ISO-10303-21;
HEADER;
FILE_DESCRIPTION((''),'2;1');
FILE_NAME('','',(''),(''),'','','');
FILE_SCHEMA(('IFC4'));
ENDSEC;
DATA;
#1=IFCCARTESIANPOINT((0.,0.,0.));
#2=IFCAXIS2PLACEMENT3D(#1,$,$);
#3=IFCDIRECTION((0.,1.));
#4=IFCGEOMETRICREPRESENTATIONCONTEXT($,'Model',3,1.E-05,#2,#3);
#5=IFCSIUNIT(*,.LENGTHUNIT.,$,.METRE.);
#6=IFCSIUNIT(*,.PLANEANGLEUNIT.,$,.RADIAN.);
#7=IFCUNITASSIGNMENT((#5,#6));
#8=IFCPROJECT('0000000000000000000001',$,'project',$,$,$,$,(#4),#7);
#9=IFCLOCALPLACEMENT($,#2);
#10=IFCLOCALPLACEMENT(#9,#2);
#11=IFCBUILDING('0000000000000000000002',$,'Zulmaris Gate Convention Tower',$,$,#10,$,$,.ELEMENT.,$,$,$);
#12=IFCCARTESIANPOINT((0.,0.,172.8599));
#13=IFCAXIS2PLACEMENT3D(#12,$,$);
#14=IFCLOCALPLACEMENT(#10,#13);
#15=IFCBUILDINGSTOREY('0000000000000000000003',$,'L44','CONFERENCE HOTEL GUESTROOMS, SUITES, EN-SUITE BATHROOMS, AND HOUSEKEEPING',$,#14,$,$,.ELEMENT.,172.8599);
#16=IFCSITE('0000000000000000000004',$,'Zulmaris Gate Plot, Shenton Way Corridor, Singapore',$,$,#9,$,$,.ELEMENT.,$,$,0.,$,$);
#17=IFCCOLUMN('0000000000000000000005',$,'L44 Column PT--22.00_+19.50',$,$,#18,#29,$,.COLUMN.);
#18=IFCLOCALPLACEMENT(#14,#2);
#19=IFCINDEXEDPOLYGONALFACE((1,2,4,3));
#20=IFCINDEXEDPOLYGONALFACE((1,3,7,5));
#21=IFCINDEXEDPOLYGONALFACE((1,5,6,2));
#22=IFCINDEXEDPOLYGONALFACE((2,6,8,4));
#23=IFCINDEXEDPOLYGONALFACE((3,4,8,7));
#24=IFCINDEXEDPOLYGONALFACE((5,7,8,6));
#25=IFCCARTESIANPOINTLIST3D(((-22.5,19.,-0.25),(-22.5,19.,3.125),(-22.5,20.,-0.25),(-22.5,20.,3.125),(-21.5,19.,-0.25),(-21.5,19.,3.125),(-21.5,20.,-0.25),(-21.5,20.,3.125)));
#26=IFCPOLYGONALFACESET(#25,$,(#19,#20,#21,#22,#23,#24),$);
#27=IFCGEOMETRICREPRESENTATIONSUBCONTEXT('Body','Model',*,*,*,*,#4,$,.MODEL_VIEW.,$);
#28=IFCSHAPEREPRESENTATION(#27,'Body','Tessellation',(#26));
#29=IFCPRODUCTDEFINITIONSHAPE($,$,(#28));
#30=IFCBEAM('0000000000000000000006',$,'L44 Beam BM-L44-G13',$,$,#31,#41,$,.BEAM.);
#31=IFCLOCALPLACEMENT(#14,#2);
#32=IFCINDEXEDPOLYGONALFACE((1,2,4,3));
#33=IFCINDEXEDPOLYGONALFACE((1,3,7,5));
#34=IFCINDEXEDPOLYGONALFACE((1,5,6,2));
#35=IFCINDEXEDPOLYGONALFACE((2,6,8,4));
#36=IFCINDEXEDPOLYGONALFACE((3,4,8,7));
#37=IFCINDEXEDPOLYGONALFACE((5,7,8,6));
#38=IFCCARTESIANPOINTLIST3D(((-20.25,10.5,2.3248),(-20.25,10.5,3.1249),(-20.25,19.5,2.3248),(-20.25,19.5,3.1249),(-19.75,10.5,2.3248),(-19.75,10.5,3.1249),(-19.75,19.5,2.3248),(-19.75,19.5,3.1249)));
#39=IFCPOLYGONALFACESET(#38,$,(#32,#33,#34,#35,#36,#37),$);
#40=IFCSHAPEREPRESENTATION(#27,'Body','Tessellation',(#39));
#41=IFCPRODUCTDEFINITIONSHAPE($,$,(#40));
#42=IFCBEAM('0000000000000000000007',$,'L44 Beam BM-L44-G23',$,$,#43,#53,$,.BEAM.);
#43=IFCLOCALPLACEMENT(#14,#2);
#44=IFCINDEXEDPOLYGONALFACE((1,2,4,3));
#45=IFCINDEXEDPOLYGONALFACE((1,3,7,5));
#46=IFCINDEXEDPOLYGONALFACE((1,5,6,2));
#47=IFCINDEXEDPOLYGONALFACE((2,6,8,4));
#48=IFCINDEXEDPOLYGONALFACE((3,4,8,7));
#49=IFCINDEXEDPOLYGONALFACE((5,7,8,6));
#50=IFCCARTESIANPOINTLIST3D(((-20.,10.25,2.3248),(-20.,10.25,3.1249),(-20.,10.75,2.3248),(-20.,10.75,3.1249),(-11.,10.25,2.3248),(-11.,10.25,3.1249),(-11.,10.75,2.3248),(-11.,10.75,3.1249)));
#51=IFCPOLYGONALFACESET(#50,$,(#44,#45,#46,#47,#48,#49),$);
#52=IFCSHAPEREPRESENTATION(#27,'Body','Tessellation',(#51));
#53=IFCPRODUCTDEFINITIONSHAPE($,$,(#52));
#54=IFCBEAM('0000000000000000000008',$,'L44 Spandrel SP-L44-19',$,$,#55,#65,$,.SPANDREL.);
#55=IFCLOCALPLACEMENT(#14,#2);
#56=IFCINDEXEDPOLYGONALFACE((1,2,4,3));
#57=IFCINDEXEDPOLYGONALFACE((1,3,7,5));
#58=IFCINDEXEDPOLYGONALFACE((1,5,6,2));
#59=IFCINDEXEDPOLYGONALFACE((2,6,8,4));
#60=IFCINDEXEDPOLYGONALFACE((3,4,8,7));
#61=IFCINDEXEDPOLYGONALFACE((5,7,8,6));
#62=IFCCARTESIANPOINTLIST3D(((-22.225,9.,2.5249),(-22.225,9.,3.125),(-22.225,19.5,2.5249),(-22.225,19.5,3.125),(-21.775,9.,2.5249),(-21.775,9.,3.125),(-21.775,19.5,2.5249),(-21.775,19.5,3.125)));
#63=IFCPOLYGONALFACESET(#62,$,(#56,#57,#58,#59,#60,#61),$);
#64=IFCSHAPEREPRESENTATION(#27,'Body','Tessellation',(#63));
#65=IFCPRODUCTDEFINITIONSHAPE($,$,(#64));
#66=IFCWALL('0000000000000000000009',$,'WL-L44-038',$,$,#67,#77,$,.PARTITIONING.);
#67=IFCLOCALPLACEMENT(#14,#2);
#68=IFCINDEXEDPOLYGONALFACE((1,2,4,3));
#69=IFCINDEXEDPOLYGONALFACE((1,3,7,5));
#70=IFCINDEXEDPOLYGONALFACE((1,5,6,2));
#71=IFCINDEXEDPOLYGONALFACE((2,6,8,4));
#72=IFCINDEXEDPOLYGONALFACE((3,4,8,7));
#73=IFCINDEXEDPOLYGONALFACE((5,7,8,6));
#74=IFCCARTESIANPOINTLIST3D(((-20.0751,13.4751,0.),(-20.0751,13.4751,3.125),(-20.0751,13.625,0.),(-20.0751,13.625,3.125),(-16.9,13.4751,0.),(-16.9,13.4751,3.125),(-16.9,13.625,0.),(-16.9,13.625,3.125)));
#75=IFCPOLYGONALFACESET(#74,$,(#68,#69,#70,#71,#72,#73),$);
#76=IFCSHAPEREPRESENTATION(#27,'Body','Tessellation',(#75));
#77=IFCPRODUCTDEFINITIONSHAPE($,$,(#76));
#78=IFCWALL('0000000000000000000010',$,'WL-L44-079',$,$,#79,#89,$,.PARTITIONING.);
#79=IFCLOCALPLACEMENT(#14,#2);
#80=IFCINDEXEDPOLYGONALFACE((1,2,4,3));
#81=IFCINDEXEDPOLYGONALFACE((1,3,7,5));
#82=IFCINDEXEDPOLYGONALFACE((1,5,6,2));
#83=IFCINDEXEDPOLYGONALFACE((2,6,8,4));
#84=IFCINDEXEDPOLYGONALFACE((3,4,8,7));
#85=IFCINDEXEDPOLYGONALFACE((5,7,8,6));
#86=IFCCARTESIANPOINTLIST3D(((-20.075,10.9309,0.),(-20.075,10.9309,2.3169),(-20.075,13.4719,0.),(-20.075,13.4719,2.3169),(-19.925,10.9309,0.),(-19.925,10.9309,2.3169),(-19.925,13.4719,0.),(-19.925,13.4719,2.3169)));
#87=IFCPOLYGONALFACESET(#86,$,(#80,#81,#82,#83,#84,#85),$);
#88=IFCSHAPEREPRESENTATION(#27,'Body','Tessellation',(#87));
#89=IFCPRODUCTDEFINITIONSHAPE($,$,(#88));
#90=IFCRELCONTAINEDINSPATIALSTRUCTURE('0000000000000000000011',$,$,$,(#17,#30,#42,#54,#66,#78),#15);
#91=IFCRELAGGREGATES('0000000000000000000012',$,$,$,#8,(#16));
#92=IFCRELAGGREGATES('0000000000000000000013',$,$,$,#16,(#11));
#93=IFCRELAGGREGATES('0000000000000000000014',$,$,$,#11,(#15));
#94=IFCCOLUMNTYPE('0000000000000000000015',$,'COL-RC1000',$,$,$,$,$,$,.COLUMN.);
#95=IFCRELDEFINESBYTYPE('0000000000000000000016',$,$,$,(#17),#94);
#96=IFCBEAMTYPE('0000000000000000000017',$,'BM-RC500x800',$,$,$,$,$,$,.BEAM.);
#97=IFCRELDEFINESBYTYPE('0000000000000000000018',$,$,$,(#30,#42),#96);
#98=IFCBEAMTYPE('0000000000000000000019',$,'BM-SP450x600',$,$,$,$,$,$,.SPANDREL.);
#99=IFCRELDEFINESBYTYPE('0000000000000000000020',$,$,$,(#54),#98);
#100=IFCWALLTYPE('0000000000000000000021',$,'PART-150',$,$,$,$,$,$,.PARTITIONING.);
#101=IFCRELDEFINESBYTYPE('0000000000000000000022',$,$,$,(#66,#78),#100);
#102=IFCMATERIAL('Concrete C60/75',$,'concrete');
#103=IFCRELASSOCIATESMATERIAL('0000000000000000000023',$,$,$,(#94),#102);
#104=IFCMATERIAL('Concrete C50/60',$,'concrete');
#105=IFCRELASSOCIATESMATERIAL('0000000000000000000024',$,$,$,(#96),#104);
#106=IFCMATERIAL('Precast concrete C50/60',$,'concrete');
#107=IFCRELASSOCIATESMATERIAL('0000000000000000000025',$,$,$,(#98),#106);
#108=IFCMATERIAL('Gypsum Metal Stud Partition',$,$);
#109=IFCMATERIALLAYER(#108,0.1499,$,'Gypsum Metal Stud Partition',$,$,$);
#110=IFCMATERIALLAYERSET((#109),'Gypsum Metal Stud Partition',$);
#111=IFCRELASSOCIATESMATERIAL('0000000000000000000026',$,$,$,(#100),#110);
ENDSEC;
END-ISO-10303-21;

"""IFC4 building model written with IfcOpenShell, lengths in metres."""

from ifc_helpers import new_model, si_unit, direction, frame, frame_2d, origin, origin_2d, place, context, subcontext, project, spatial, rectangle, extrude, material, layer, layer_set, material_profile, profile_set, type_object, element, save


model = new_model("IFC4")

# Units and contexts
model_context = context("Model", 3, precision=1e-05, world=origin(), true_north=direction((0.0, 1.0)))
body_context = subcontext(model_context, "Body", "Model", "MODEL_VIEW")
ifc_project = project(units=[si_unit("LENGTHUNIT", "METRE"), si_unit("PLANEANGLEUNIT", "RADIAN")], contexts=[model_context])

# Site, building, storey
site_placement = place(None, origin())
site = spatial("IfcSite", under=ifc_project, at=site_placement, Name="Zulmaris Gate Plot, Shenton Way Corridor, Singapore", CompositionType="ELEMENT", RefElevation=0.0)
building_placement = place(site_placement, origin())
building = spatial("IfcBuilding", under=site, at=building_placement, Name="Zulmaris Gate Convention Tower", CompositionType="ELEMENT")
storey_placement = place(building_placement, frame((0.0, 0.0, 172.8599)))
storey = spatial("IfcBuildingStorey", under=building, at=storey_placement, Name="L44", Description="CONFERENCE HOTEL GUESTROOMS, SUITES, EN-SUITE BATHROOMS, AND HOUSEKEEPING", CompositionType="ELEMENT", Elevation=172.8599)

# Column
ifc_material_1 = material(Name="Concrete C60/75", Category="concrete")
ifc_material_profile_1 = material_profile(ifc_material_1, rectangle(XDim=1.0, YDim=1.0, at=origin_2d()), Name="RC COL 1000x1000")
ifc_profile_set_1 = profile_set([ifc_material_profile_1], Name="Concrete C60/75")
column_type = type_object("IfcColumnType", Name="COL-RC1000", PredefinedType="COLUMN", material=ifc_profile_set_1)
column_placement = place(storey_placement, frame((-22.0, 19.5, -0.25), z_axis=(0.0, 0.0, 1.0), x_axis=(1.0, 0.0, 0.0)))
element("IfcColumn", 1, at=column_placement, inside=storey, type_object=column_type, Name="L44 Column PT--22.00_+19.50", PredefinedType="COLUMN", context=body_context, shape_type="SweptSolid", body=[
    extrude(rectangle(XDim=1.0, YDim=1.0, at=origin_2d()), origin(), (0.0, 0.0, 1.0), 3.375),
])

# Beams
ifc_material_2 = material(Name="Concrete C50/60", Category="concrete")
ifc_material_profile_2 = material_profile(ifc_material_2, rectangle(XDim=0.5, YDim=0.8, at=origin_2d()), Name="RC BEAM 500x800")
ifc_profile_set_2 = profile_set([ifc_material_profile_2], Name="Concrete C50/60")
beam_type_1 = type_object("IfcBeamType", Name="BM-RC500x800", PredefinedType="BEAM", material=ifc_profile_set_2)
for number, where, z_axis, x_axis, name in (
    (2, (-20.0, 10.5, 2.7249), (0.0, 1.0, 0.0), (-1.0, 0.0, 0.0), "L44 Beam BM-L44-G13"),
    (3, (-20.0, 10.5, 2.7249), (1.0, 0.0, 0.0), (0.0, 1.0, 0.0), "L44 Beam BM-L44-G23"),
):
    element("IfcBeam", number, at=place(storey_placement, frame(where, z_axis=z_axis, x_axis=x_axis)), inside=storey, type_object=beam_type_1, Name=name, PredefinedType="BEAM", context=body_context, shape_type="SweptSolid", body=[
        extrude(rectangle(XDim=0.5, YDim=0.8, at=origin_2d()), origin(), (0.0, 0.0, 1.0), 9.0),
    ])
ifc_material_3 = material(Name="Precast concrete C50/60", Category="concrete")
ifc_material_profile_3 = material_profile(ifc_material_3, rectangle(XDim=0.45, YDim=0.6001, at=origin_2d()), Name="RC SPANDREL 450x600")
ifc_profile_set_3 = profile_set([ifc_material_profile_3], Name="Precast concrete C50/60")
beam_type_2 = type_object("IfcBeamType", Name="BM-SP450x600", PredefinedType="SPANDREL", material=ifc_profile_set_3)
beam_placement = place(storey_placement, frame((-22.0, 19.5, 2.825), z_axis=(0.0, -1.0, 0.0), x_axis=(1.0, 0.0, 0.0)))
element("IfcBeam", 4, at=beam_placement, inside=storey, type_object=beam_type_2, Name="L44 Spandrel SP-L44-19", PredefinedType="SPANDREL", context=body_context, shape_type="SweptSolid", body=[
    extrude(rectangle(XDim=0.45, YDim=0.6001, at=origin_2d()), origin(), (0.0, 0.0, 1.0), 10.5),
])

# Walls
ifc_material_4 = material(Name="Gypsum Metal Stud Partition")
ifc_layer_1 = layer(ifc_material_4, 0.1499, Name="Gypsum Metal Stud Partition")
ifc_layer_set_1 = layer_set([ifc_layer_1], Name="Gypsum Metal Stud Partition")
wall_type_1 = type_object("IfcWallType", Name="PART-150", PredefinedType="PARTITIONING", material=ifc_layer_set_1)
wall_1_placement = place(storey_placement, frame((-20.075, 13.55, 0.0), z_axis=(0.0, 0.0, 1.0), x_axis=(1.0, 0.0, 0.0)))
element("IfcWall", 5, at=wall_1_placement, inside=storey, type_object=wall_type_1, Name="WL-L44-038", PredefinedType="PARTITIONING", context=body_context, shape_type="SweptSolid", body=[
    extrude(rectangle(XDim=3.175, YDim=0.1499, at=frame_2d((1.5874, 0.0))), origin(), (0.0, 0.0, 1.0), 3.125),
])
wall_2_placement = place(storey_placement, frame((-20.0, 10.9309, 0.0), z_axis=(0.0, 0.0, 1.0), x_axis=(0.0, 1.0, 0.0)))
element("IfcWall", 6, at=wall_2_placement, inside=storey, type_object=wall_type_1, Name="WL-L44-079", PredefinedType="PARTITIONING", context=body_context, shape_type="SweptSolid", body=[
    extrude(rectangle(XDim=2.541, YDim=0.1499, at=frame_2d((1.2705, 0.0))), origin(), (0.0, 0.0, 1.0), 2.3169),
])

save(model, "model.ifc")
